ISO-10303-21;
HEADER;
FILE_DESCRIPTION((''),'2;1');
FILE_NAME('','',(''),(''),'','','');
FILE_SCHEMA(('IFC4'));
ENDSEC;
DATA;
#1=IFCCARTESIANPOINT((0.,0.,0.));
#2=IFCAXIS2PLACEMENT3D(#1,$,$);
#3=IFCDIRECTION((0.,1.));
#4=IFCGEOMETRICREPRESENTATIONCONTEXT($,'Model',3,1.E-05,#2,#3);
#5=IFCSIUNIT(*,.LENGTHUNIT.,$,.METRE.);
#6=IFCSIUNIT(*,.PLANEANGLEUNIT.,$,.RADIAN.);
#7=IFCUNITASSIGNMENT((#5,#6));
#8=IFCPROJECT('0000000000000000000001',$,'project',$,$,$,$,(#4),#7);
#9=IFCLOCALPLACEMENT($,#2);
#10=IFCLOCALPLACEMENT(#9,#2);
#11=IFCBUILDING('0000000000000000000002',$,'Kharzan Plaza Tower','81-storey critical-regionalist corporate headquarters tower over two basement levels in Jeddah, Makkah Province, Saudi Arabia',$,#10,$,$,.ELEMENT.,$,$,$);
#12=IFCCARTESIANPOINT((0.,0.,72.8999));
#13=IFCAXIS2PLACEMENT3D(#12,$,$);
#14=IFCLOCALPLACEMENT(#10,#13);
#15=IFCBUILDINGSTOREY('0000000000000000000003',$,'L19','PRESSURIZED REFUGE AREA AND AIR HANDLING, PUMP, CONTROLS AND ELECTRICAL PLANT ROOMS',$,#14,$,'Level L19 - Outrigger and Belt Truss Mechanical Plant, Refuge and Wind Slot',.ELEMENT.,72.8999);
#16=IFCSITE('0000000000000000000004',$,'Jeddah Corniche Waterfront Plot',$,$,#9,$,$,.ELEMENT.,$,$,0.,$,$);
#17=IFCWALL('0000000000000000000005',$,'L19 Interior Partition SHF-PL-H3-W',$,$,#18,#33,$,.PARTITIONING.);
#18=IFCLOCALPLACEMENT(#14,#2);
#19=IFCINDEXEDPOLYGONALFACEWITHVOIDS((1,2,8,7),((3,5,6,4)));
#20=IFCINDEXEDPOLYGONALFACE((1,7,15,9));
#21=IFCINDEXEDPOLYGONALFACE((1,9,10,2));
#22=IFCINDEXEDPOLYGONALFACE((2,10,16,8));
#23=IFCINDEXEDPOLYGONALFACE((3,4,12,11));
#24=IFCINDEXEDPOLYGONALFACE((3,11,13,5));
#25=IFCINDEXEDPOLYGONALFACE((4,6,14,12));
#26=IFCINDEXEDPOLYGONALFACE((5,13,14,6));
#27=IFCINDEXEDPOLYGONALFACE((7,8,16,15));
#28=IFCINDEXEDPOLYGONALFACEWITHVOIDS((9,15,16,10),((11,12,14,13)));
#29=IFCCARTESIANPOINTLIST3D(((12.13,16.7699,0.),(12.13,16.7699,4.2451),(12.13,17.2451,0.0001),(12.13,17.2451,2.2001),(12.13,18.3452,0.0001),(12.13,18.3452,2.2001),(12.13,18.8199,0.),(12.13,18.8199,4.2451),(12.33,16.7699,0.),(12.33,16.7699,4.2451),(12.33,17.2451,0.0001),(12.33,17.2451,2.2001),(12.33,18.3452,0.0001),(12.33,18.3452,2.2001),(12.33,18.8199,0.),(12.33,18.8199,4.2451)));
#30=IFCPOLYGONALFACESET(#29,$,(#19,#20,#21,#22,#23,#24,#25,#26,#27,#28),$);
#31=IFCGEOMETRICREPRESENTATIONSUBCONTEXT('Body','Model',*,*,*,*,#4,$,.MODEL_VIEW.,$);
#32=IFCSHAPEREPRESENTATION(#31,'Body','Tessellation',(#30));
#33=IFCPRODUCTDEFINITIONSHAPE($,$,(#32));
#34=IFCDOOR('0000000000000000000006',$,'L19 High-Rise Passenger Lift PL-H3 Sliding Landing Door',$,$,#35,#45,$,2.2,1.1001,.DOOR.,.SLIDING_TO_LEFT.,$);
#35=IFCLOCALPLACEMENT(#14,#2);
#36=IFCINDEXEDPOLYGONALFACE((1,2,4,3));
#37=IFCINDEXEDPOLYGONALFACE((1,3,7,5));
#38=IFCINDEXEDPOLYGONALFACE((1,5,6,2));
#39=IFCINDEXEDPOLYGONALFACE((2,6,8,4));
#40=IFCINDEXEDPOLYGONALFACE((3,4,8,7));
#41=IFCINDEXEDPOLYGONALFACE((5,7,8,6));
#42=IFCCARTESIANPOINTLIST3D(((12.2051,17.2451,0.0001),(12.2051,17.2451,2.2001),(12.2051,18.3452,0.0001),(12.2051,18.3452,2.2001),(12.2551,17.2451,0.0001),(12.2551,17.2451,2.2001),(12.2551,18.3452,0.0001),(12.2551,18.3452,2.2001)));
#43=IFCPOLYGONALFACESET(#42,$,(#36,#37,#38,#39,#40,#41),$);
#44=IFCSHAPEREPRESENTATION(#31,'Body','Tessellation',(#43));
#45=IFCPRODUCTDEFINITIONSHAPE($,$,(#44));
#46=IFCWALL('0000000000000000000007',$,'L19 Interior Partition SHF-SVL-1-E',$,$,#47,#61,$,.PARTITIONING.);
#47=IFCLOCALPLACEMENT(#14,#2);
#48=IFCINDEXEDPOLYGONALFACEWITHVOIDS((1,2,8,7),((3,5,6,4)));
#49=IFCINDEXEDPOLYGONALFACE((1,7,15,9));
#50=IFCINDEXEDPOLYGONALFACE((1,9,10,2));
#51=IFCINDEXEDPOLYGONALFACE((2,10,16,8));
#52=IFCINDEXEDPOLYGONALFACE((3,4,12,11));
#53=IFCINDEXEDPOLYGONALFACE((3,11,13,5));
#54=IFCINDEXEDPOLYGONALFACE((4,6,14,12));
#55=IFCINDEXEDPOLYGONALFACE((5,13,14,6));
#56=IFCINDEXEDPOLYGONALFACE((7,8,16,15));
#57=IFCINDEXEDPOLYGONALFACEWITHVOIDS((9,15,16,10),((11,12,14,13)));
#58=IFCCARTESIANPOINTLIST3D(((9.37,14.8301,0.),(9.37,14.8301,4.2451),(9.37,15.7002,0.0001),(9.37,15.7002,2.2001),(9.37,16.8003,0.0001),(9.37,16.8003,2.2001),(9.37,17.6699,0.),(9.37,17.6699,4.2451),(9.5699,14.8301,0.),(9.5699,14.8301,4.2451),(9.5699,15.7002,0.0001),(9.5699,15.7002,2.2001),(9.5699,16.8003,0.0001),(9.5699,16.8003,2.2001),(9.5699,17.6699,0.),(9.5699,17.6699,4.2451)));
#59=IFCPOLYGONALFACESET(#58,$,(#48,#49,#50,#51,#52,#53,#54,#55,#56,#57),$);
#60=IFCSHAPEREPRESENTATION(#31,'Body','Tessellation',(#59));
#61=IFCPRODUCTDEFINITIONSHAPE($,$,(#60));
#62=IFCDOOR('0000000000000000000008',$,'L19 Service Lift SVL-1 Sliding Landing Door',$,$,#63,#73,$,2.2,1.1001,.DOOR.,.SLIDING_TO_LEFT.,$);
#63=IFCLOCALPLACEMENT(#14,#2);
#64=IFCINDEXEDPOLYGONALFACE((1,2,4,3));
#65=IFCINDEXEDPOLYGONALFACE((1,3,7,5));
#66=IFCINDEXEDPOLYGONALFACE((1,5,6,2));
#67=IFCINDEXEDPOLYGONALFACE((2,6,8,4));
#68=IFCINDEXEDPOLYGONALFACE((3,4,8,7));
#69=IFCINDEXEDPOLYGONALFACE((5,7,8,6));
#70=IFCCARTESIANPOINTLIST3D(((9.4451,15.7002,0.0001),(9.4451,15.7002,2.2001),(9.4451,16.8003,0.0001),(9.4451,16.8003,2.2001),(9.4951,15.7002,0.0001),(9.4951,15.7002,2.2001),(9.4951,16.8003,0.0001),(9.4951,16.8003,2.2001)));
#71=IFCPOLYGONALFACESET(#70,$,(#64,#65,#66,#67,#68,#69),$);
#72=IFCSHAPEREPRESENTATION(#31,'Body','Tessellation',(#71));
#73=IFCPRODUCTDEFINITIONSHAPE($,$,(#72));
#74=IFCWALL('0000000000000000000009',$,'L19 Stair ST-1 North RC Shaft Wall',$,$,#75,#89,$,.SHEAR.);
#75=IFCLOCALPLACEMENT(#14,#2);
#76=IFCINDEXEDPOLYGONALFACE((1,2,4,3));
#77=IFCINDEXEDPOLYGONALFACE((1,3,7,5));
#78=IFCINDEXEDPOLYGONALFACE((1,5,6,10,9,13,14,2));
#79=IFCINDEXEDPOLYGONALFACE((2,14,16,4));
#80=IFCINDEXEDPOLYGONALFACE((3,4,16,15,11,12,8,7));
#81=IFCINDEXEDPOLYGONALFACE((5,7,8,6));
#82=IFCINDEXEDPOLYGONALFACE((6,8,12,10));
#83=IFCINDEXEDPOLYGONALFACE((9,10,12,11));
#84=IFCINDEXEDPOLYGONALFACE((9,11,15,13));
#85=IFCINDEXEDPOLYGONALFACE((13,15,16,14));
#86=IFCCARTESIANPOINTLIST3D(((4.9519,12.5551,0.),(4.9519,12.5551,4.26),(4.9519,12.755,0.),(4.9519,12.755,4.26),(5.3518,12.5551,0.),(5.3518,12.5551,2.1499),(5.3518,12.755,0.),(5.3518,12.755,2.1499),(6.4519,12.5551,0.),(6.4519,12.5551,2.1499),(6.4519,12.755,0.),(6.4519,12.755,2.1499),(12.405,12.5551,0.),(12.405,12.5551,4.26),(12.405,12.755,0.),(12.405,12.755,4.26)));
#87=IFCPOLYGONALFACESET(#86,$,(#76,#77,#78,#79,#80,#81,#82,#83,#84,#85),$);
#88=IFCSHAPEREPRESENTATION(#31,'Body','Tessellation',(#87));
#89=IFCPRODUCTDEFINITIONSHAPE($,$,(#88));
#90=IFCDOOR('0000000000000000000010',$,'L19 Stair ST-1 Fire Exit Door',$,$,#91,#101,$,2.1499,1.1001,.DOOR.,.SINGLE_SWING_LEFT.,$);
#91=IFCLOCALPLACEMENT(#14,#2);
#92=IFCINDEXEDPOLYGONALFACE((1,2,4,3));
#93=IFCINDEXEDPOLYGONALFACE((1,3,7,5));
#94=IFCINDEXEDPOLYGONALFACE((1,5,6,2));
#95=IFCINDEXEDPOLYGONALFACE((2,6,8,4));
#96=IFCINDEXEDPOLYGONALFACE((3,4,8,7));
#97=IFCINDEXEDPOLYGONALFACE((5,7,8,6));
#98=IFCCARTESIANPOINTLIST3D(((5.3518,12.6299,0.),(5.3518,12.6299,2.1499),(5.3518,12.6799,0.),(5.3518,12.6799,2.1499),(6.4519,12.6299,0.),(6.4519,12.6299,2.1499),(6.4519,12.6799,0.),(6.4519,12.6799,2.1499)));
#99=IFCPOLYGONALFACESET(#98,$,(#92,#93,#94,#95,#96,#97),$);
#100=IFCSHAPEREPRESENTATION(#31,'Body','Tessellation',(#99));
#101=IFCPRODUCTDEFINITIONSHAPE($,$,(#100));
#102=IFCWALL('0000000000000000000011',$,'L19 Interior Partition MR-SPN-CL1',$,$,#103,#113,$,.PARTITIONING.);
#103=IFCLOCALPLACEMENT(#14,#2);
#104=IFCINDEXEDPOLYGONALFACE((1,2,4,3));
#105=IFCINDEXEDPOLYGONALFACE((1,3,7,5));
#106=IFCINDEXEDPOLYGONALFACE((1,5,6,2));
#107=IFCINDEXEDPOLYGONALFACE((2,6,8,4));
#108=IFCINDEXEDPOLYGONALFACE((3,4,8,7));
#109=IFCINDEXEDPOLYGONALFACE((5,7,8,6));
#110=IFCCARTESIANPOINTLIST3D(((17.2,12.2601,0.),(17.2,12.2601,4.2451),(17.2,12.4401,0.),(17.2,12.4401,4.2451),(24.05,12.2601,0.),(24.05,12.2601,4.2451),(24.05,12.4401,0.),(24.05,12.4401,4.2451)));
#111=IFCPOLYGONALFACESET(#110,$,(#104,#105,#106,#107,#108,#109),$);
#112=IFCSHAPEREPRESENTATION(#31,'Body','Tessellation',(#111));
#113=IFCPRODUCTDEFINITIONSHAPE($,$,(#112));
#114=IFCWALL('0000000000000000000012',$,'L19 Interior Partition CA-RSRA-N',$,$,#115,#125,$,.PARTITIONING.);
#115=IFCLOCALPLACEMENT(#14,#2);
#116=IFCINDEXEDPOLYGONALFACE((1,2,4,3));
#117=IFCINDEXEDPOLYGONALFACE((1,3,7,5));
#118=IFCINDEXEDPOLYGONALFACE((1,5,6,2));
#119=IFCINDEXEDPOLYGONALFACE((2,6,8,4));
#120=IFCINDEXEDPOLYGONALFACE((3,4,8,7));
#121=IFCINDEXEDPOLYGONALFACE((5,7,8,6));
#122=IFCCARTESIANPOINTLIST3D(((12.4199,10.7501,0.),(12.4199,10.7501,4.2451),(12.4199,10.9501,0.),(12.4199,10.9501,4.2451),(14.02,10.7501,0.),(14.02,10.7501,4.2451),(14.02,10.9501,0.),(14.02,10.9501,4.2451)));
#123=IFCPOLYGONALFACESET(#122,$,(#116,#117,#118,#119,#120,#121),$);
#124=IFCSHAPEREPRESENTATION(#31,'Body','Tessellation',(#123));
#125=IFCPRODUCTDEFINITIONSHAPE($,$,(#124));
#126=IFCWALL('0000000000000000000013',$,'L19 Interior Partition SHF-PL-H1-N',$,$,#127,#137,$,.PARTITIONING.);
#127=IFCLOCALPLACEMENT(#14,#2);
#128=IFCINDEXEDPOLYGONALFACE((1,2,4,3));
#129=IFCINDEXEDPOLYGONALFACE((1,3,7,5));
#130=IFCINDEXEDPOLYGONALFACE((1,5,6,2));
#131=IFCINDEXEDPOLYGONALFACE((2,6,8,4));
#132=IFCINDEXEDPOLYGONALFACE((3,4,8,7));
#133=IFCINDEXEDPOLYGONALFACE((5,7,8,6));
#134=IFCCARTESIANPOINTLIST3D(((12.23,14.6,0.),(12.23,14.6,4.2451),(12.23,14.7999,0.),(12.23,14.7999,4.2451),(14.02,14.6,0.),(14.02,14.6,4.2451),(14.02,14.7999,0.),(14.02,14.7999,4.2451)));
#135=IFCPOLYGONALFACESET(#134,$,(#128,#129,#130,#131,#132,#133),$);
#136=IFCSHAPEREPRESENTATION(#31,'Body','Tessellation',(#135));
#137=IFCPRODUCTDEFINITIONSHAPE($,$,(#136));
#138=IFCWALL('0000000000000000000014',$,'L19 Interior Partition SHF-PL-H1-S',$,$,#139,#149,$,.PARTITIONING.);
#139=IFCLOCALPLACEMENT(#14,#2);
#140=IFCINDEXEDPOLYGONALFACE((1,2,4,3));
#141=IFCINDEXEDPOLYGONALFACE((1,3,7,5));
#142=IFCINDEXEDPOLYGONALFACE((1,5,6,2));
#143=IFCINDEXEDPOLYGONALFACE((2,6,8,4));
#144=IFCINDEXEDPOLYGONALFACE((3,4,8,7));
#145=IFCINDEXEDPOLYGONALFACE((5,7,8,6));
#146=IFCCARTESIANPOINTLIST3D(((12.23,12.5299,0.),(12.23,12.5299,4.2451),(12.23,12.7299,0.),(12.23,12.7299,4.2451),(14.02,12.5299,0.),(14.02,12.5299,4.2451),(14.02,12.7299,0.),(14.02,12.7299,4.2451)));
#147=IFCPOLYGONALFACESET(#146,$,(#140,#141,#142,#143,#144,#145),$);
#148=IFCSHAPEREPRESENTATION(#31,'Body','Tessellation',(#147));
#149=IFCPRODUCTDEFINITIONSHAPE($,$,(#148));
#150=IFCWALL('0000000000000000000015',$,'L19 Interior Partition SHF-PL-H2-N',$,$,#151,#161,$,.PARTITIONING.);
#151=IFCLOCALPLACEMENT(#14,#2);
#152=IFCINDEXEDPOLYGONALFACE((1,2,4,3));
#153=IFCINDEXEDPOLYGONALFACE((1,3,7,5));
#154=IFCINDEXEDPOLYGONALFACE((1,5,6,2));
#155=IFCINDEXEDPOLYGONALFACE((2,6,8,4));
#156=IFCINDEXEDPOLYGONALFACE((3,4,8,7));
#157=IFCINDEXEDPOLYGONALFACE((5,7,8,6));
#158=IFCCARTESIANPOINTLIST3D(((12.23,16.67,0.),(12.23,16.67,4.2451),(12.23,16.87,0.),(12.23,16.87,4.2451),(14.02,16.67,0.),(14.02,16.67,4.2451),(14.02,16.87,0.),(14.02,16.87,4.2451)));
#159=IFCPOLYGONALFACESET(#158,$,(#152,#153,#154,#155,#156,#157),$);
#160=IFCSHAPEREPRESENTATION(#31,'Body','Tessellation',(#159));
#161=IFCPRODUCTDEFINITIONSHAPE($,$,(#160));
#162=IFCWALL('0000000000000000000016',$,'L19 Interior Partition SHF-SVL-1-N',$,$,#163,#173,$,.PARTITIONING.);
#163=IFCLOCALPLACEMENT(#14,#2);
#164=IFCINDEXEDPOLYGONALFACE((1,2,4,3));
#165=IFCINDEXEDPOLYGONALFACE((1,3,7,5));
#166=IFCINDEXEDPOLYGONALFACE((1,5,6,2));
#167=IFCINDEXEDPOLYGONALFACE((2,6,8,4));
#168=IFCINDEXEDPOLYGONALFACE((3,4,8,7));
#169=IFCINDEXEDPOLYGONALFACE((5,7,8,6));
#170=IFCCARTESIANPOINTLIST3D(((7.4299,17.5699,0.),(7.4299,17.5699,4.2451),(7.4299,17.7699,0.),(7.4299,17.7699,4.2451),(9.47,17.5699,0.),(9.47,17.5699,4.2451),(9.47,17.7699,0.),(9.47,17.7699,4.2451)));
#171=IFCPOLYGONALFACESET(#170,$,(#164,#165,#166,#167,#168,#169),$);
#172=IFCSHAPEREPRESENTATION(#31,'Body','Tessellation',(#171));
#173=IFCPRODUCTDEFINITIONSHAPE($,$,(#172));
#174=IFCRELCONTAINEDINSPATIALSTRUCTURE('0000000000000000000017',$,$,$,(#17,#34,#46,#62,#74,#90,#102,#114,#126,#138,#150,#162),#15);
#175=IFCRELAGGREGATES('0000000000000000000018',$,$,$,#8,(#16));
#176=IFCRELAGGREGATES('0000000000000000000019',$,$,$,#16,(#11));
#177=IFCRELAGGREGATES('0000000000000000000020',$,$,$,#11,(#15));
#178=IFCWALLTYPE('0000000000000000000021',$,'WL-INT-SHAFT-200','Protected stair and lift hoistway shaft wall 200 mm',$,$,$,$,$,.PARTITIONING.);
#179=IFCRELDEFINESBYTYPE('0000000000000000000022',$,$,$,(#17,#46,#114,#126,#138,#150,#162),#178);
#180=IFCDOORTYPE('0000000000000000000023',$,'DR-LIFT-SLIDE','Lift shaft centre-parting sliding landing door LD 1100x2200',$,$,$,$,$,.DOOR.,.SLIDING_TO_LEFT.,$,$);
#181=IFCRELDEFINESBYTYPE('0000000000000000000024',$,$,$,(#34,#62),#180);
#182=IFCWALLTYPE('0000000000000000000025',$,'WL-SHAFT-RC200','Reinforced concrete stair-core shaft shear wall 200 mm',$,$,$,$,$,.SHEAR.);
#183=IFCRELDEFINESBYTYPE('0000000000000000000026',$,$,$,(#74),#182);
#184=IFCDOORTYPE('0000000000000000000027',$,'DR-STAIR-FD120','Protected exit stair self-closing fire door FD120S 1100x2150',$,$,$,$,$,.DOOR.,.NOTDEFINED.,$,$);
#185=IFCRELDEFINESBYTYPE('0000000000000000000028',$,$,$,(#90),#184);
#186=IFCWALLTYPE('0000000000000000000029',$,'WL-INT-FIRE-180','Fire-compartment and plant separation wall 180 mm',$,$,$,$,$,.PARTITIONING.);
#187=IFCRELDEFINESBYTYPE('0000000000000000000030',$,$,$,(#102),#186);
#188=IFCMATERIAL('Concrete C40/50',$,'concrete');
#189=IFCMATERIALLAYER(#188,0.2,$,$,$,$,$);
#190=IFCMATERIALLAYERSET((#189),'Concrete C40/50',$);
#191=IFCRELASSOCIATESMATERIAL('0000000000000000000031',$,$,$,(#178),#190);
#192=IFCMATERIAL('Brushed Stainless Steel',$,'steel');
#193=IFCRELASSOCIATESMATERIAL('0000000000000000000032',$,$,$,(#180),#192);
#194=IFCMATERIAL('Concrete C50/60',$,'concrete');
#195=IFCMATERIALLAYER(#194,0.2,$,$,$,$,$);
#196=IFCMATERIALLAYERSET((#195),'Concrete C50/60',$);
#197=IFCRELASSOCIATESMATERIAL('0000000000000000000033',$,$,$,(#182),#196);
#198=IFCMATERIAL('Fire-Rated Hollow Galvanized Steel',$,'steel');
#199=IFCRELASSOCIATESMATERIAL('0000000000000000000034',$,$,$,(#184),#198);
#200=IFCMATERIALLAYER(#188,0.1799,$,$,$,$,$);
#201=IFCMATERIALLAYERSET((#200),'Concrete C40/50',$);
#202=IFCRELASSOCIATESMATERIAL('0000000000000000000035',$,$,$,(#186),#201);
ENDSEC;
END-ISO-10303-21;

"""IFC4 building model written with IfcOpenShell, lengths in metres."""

from ifc_helpers import new_model, si_unit, direction, frame, frame_2d, origin, place, context, subcontext, project, spatial, rectangle, extrude, source, transform, mapped, material, layer, layer_set, type_object, element, fill, save


model = new_model("IFC4")

# Units and contexts
model_context = context("Model", 3, precision=1e-05, world=origin(), true_north=direction((0.0, 1.0)))
body_context = subcontext(model_context, "Body", "Model", "MODEL_VIEW")
ifc_project = project(units=[si_unit("LENGTHUNIT", "METRE"), si_unit("PLANEANGLEUNIT", "RADIAN")], contexts=[model_context])

# Site, building, storey
site_placement = place(None, origin())
site = spatial("IfcSite", under=ifc_project, at=site_placement, Name="Jeddah Corniche Waterfront Plot", CompositionType="ELEMENT", RefElevation=0.0)
building_placement = place(site_placement, origin())
building = spatial("IfcBuilding", under=site, at=building_placement, Name="Kharzan Plaza Tower", Description="81-storey critical-regionalist corporate headquarters tower over two basement levels in Jeddah, Makkah Province, Saudi Arabia", CompositionType="ELEMENT")
storey_placement = place(building_placement, frame((0.0, 0.0, 72.8999)))
storey = spatial("IfcBuildingStorey", under=building, at=storey_placement, Name="L19", Description="PRESSURIZED REFUGE AREA AND AIR HANDLING, PUMP, CONTROLS AND ELECTRICAL PLANT ROOMS", LongName="Level L19 - Outrigger and Belt Truss Mechanical Plant, Refuge and Wind Slot", CompositionType="ELEMENT", Elevation=72.8999)

# Walls, openings, doors
ifc_material_1 = material(Name="Concrete C40/50", Category="concrete")
ifc_layer_1 = layer(ifc_material_1, 0.2)
ifc_layer_set_1 = layer_set([ifc_layer_1], Name="Concrete C40/50")
wall_type_1 = type_object("IfcWallType", Name="WL-INT-SHAFT-200", Description="Protected stair and lift hoistway shaft wall 200 mm", PredefinedType="PARTITIONING", material=ifc_layer_set_1)
ifc_material_2 = material(Name="Brushed Stainless Steel", Category="steel")
door_type_1 = type_object("IfcDoorType", Name="DR-LIFT-SLIDE", Description="Lift shaft centre-parting sliding landing door LD 1100x2200", OperationType="SLIDING_TO_LEFT", PredefinedType="DOOR", material=ifc_material_2)
shared_shape_1 = source(origin(), body_context, "Body", "SweptSolid", [
    extrude(rectangle(XDim=1.1001, YDim=2.2, at=frame_2d((0.55, 1.1001))), frame((0.0, 0.0249, 0.0), z_axis=(0.0, -1.0, 0.0), x_axis=(1.0, 0.0, 0.0)), (0.0, 0.0, 1.0), 0.05),
])
wall_1_placement = place(storey_placement, frame((12.23, 16.77, 0.0), z_axis=(0.0, 0.0, 1.0), x_axis=(0.0, 1.0, 0.0)))
wall_1 = element("IfcWall", 1, at=wall_1_placement, inside=storey, type_object=wall_type_1, Name="L19 Interior Partition SHF-PL-H3-W", PredefinedType="PARTITIONING", context=body_context, shape_type="SweptSolid", body=[
    extrude(rectangle(XDim=2.05, YDim=0.2, at=frame_2d((1.0249, 0.0))), origin(), (0.0, 0.0, 1.0), 4.2451),
])
opening_1_placement = place(wall_1_placement, frame((0.4751, 0.0, 0.0)))
opening_1 = element("IfcOpeningElement", 2, at=opening_1_placement, cuts=wall_1, PredefinedType="OPENING", context=body_context, shape_type="SweptSolid", body=[
    extrude(rectangle(XDim=1.1001, YDim=2.2, at=frame_2d((0.55, 1.1001))), frame((0.0, 0.1099, 0.0), z_axis=(0.0, -1.0, 0.0), x_axis=(1.0, 0.0, 0.0)), (0.0, 0.0, 1.0), 0.22),
])
door_1_placement = place(opening_1_placement, origin())
door_1 = element("IfcDoor", 3, at=door_1_placement, inside=storey, type_object=door_type_1, Name="L19 High-Rise Passenger Lift PL-H3 Sliding Landing Door", OperationType="SLIDING_TO_LEFT", OverallHeight=2.2, OverallWidth=1.1001, PredefinedType="DOOR", context=body_context, shape_type="MappedRepresentation", body=[
    mapped(shared_shape_1, transform((0.0, 0.0, 0.0), x_axis=(1.0, 0.0, 0.0), y_axis=(0.0, 1.0, 0.0), z_axis=(0.0, 0.0, 1.0))),
])
fill(opening_1, door_1)
wall_2_placement = place(storey_placement, frame((9.47, 14.8301, 0.0), z_axis=(0.0, 0.0, 1.0), x_axis=(0.0, 1.0, 0.0)))
wall_2 = element("IfcWall", 4, at=wall_2_placement, inside=storey, type_object=wall_type_1, Name="L19 Interior Partition SHF-SVL-1-E", PredefinedType="PARTITIONING", context=body_context, shape_type="SweptSolid", body=[
    extrude(rectangle(XDim=2.8398, YDim=0.2, at=frame_2d((1.4199, 0.0))), origin(), (0.0, 0.0, 1.0), 4.2451),
])
opening_2_placement = place(wall_2_placement, frame((0.8701, 0.0, 0.0)))
opening_2 = element("IfcOpeningElement", 5, at=opening_2_placement, cuts=wall_2, PredefinedType="OPENING", context=body_context, shape_type="SweptSolid", body=[
    extrude(rectangle(XDim=1.1001, YDim=2.2, at=frame_2d((0.55, 1.1001))), frame((0.0, 0.1099, 0.0), z_axis=(0.0, -1.0, 0.0), x_axis=(1.0, 0.0, 0.0)), (0.0, 0.0, 1.0), 0.22),
])
door_2_placement = place(opening_2_placement, origin())
door_2 = element("IfcDoor", 6, at=door_2_placement, inside=storey, type_object=door_type_1, Name="L19 Service Lift SVL-1 Sliding Landing Door", OperationType="SLIDING_TO_LEFT", OverallHeight=2.2, OverallWidth=1.1001, PredefinedType="DOOR", context=body_context, shape_type="MappedRepresentation", body=[
    mapped(shared_shape_1, transform((0.0, 0.0, 0.0), x_axis=(1.0, 0.0, 0.0), y_axis=(0.0, 1.0, 0.0), z_axis=(0.0, 0.0, 1.0))),
])
fill(opening_2, door_2)
ifc_material_3 = material(Name="Concrete C50/60", Category="concrete")
ifc_layer_2 = layer(ifc_material_3, 0.2)
ifc_layer_set_2 = layer_set([ifc_layer_2], Name="Concrete C50/60")
wall_type_2 = type_object("IfcWallType", Name="WL-SHAFT-RC200", Description="Reinforced concrete stair-core shaft shear wall 200 mm", PredefinedType="SHEAR", material=ifc_layer_set_2)
wall_3_placement = place(storey_placement, frame((4.9519, 12.655, 0.0), z_axis=(0.0, 0.0, 1.0), x_axis=(1.0, 0.0, 0.0)))
wall_3 = element("IfcWall", 7, at=wall_3_placement, inside=storey, type_object=wall_type_2, Name="L19 Stair ST-1 North RC Shaft Wall", PredefinedType="SHEAR", context=body_context, shape_type="SweptSolid", body=[
    extrude(rectangle(XDim=7.4531, YDim=0.2, at=frame_2d((3.7266, 0.0))), origin(), (0.0, 0.0, 1.0), 4.26),
])
opening_3_placement = place(wall_3_placement, frame((0.3999, 0.0, 0.0)))
opening_3 = element("IfcOpeningElement", 8, at=opening_3_placement, cuts=wall_3, PredefinedType="OPENING", context=body_context, shape_type="SweptSolid", body=[
    extrude(rectangle(XDim=1.1001, YDim=2.1499, at=frame_2d((0.55, 1.075))), frame((0.0, 0.1099, 0.0), z_axis=(0.0, -1.0, 0.0), x_axis=(1.0, 0.0, 0.0)), (0.0, 0.0, 1.0), 0.22),
])
ifc_material_4 = material(Name="Fire-Rated Hollow Galvanized Steel", Category="steel")
door_type_2 = type_object("IfcDoorType", Name="DR-STAIR-FD120", Description="Protected exit stair self-closing fire door FD120S 1100x2150", OperationType="NOTDEFINED", PredefinedType="DOOR", material=ifc_material_4)
shared_shape_2 = source(origin(), body_context, "Body", "SweptSolid", [
    extrude(rectangle(XDim=1.1001, YDim=2.1499, at=frame_2d((0.55, 1.075))), frame((0.0, 0.0249, 0.0), z_axis=(0.0, -1.0, 0.0), x_axis=(1.0, 0.0, 0.0)), (0.0, 0.0, 1.0), 0.05),
])
door_3_placement = place(opening_3_placement, origin())
door_3 = element("IfcDoor", 9, at=door_3_placement, inside=storey, type_object=door_type_2, Name="L19 Stair ST-1 Fire Exit Door", OperationType="SINGLE_SWING_LEFT", OverallHeight=2.1499, OverallWidth=1.1001, PredefinedType="DOOR", context=body_context, shape_type="MappedRepresentation", body=[
    mapped(shared_shape_2, transform((0.0, 0.0, 0.0), x_axis=(1.0, 0.0, 0.0), y_axis=(0.0, 1.0, 0.0), z_axis=(0.0, 0.0, 1.0))),
])
fill(opening_3, door_3)

# Walls
ifc_layer_3 = layer(ifc_material_1, 0.1799)
ifc_layer_set_3 = layer_set([ifc_layer_3], Name="Concrete C40/50")
wall_type_3 = type_object("IfcWallType", Name="WL-INT-FIRE-180", Description="Fire-compartment and plant separation wall 180 mm", PredefinedType="PARTITIONING", material=ifc_layer_set_3)
shared_shape_3 = source(origin(), body_context, "Body", "SweptSolid", [
    extrude(rectangle(XDim=6.8501, YDim=0.1799, at=frame_2d((3.425, 0.0))), origin(), (0.0, 0.0, 1.0), 4.2451),
])
wall_4_placement = place(storey_placement, frame((17.2, 12.3501, 0.0), z_axis=(0.0, 0.0, 1.0), x_axis=(1.0, 0.0, 0.0)))
element("IfcWall", 10, at=wall_4_placement, inside=storey, type_object=wall_type_3, Name="L19 Interior Partition MR-SPN-CL1", PredefinedType="PARTITIONING", context=body_context, shape_type="MappedRepresentation", body=[
    mapped(shared_shape_3, transform((0.0, 0.0, 0.0), x_axis=(1.0, 0.0, 0.0), y_axis=(0.0, 1.0, 0.0), z_axis=(0.0, 0.0, 1.0))),
])
shared_shape_4 = source(origin(), body_context, "Body", "SweptSolid", [
    extrude(rectangle(XDim=1.6001, YDim=0.2, at=frame_2d((0.8, 0.0))), origin(), (0.0, 0.0, 1.0), 4.2451),
])
wall_5_placement = place(storey_placement, frame((12.4199, 10.8501, 0.0), z_axis=(0.0, 0.0, 1.0), x_axis=(1.0, 0.0, 0.0)))
element("IfcWall", 11, at=wall_5_placement, inside=storey, type_object=wall_type_1, Name="L19 Interior Partition CA-RSRA-N", PredefinedType="PARTITIONING", context=body_context, shape_type="MappedRepresentation", body=[
    mapped(shared_shape_4, transform((0.0, 0.0, 0.0), x_axis=(1.0, 0.0, 0.0), y_axis=(0.0, 1.0, 0.0), z_axis=(0.0, 0.0, 1.0))),
])
shared_shape_5 = source(origin(), body_context, "Body", "SweptSolid", [
    extrude(rectangle(XDim=1.79, YDim=0.2, at=frame_2d((0.895, 0.0))), origin(), (0.0, 0.0, 1.0), 4.2451),
])
for number, where, z_axis, x_axis, name in (
    (12, (12.23, 14.7, 0.0), (0.0, 0.0, 1.0), (1.0, 0.0, 0.0), "L19 Interior Partition SHF-PL-H1-N"),
    (13, (12.23, 12.6299, 0.0), (0.0, 0.0, 1.0), (1.0, 0.0, 0.0), "L19 Interior Partition SHF-PL-H1-S"),
    (14, (12.23, 16.77, 0.0), (0.0, 0.0, 1.0), (1.0, 0.0, 0.0), "L19 Interior Partition SHF-PL-H2-N"),
):
    element("IfcWall", number, at=place(storey_placement, frame(where, z_axis=z_axis, x_axis=x_axis)), inside=storey, type_object=wall_type_1, Name=name, PredefinedType="PARTITIONING", context=body_context, shape_type="MappedRepresentation", body=[
        mapped(shared_shape_5, transform((0.0, 0.0, 0.0), x_axis=(1.0, 0.0, 0.0), y_axis=(0.0, 1.0, 0.0), z_axis=(0.0, 0.0, 1.0))),
    ])
shared_shape_6 = source(origin(), body_context, "Body", "SweptSolid", [
    extrude(rectangle(XDim=2.04, YDim=0.2, at=frame_2d((1.02, 0.0))), origin(), (0.0, 0.0, 1.0), 4.2451),
])
for number, where, z_axis, x_axis, name in (
    (15, (7.4299, 17.6699, 0.0), (0.0, 0.0, 1.0), (1.0, 0.0, 0.0), "L19 Interior Partition SHF-SVL-1-N"),
):
    element("IfcWall", number, at=place(storey_placement, frame(where, z_axis=z_axis, x_axis=x_axis)), inside=storey, type_object=wall_type_1, Name=name, PredefinedType="PARTITIONING", context=body_context, shape_type="MappedRepresentation", body=[
        mapped(shared_shape_6, transform((0.0, 0.0, 0.0), x_axis=(1.0, 0.0, 0.0), y_axis=(0.0, 1.0, 0.0), z_axis=(0.0, 0.0, 1.0))),
    ])

save(model, "model.ifc")
